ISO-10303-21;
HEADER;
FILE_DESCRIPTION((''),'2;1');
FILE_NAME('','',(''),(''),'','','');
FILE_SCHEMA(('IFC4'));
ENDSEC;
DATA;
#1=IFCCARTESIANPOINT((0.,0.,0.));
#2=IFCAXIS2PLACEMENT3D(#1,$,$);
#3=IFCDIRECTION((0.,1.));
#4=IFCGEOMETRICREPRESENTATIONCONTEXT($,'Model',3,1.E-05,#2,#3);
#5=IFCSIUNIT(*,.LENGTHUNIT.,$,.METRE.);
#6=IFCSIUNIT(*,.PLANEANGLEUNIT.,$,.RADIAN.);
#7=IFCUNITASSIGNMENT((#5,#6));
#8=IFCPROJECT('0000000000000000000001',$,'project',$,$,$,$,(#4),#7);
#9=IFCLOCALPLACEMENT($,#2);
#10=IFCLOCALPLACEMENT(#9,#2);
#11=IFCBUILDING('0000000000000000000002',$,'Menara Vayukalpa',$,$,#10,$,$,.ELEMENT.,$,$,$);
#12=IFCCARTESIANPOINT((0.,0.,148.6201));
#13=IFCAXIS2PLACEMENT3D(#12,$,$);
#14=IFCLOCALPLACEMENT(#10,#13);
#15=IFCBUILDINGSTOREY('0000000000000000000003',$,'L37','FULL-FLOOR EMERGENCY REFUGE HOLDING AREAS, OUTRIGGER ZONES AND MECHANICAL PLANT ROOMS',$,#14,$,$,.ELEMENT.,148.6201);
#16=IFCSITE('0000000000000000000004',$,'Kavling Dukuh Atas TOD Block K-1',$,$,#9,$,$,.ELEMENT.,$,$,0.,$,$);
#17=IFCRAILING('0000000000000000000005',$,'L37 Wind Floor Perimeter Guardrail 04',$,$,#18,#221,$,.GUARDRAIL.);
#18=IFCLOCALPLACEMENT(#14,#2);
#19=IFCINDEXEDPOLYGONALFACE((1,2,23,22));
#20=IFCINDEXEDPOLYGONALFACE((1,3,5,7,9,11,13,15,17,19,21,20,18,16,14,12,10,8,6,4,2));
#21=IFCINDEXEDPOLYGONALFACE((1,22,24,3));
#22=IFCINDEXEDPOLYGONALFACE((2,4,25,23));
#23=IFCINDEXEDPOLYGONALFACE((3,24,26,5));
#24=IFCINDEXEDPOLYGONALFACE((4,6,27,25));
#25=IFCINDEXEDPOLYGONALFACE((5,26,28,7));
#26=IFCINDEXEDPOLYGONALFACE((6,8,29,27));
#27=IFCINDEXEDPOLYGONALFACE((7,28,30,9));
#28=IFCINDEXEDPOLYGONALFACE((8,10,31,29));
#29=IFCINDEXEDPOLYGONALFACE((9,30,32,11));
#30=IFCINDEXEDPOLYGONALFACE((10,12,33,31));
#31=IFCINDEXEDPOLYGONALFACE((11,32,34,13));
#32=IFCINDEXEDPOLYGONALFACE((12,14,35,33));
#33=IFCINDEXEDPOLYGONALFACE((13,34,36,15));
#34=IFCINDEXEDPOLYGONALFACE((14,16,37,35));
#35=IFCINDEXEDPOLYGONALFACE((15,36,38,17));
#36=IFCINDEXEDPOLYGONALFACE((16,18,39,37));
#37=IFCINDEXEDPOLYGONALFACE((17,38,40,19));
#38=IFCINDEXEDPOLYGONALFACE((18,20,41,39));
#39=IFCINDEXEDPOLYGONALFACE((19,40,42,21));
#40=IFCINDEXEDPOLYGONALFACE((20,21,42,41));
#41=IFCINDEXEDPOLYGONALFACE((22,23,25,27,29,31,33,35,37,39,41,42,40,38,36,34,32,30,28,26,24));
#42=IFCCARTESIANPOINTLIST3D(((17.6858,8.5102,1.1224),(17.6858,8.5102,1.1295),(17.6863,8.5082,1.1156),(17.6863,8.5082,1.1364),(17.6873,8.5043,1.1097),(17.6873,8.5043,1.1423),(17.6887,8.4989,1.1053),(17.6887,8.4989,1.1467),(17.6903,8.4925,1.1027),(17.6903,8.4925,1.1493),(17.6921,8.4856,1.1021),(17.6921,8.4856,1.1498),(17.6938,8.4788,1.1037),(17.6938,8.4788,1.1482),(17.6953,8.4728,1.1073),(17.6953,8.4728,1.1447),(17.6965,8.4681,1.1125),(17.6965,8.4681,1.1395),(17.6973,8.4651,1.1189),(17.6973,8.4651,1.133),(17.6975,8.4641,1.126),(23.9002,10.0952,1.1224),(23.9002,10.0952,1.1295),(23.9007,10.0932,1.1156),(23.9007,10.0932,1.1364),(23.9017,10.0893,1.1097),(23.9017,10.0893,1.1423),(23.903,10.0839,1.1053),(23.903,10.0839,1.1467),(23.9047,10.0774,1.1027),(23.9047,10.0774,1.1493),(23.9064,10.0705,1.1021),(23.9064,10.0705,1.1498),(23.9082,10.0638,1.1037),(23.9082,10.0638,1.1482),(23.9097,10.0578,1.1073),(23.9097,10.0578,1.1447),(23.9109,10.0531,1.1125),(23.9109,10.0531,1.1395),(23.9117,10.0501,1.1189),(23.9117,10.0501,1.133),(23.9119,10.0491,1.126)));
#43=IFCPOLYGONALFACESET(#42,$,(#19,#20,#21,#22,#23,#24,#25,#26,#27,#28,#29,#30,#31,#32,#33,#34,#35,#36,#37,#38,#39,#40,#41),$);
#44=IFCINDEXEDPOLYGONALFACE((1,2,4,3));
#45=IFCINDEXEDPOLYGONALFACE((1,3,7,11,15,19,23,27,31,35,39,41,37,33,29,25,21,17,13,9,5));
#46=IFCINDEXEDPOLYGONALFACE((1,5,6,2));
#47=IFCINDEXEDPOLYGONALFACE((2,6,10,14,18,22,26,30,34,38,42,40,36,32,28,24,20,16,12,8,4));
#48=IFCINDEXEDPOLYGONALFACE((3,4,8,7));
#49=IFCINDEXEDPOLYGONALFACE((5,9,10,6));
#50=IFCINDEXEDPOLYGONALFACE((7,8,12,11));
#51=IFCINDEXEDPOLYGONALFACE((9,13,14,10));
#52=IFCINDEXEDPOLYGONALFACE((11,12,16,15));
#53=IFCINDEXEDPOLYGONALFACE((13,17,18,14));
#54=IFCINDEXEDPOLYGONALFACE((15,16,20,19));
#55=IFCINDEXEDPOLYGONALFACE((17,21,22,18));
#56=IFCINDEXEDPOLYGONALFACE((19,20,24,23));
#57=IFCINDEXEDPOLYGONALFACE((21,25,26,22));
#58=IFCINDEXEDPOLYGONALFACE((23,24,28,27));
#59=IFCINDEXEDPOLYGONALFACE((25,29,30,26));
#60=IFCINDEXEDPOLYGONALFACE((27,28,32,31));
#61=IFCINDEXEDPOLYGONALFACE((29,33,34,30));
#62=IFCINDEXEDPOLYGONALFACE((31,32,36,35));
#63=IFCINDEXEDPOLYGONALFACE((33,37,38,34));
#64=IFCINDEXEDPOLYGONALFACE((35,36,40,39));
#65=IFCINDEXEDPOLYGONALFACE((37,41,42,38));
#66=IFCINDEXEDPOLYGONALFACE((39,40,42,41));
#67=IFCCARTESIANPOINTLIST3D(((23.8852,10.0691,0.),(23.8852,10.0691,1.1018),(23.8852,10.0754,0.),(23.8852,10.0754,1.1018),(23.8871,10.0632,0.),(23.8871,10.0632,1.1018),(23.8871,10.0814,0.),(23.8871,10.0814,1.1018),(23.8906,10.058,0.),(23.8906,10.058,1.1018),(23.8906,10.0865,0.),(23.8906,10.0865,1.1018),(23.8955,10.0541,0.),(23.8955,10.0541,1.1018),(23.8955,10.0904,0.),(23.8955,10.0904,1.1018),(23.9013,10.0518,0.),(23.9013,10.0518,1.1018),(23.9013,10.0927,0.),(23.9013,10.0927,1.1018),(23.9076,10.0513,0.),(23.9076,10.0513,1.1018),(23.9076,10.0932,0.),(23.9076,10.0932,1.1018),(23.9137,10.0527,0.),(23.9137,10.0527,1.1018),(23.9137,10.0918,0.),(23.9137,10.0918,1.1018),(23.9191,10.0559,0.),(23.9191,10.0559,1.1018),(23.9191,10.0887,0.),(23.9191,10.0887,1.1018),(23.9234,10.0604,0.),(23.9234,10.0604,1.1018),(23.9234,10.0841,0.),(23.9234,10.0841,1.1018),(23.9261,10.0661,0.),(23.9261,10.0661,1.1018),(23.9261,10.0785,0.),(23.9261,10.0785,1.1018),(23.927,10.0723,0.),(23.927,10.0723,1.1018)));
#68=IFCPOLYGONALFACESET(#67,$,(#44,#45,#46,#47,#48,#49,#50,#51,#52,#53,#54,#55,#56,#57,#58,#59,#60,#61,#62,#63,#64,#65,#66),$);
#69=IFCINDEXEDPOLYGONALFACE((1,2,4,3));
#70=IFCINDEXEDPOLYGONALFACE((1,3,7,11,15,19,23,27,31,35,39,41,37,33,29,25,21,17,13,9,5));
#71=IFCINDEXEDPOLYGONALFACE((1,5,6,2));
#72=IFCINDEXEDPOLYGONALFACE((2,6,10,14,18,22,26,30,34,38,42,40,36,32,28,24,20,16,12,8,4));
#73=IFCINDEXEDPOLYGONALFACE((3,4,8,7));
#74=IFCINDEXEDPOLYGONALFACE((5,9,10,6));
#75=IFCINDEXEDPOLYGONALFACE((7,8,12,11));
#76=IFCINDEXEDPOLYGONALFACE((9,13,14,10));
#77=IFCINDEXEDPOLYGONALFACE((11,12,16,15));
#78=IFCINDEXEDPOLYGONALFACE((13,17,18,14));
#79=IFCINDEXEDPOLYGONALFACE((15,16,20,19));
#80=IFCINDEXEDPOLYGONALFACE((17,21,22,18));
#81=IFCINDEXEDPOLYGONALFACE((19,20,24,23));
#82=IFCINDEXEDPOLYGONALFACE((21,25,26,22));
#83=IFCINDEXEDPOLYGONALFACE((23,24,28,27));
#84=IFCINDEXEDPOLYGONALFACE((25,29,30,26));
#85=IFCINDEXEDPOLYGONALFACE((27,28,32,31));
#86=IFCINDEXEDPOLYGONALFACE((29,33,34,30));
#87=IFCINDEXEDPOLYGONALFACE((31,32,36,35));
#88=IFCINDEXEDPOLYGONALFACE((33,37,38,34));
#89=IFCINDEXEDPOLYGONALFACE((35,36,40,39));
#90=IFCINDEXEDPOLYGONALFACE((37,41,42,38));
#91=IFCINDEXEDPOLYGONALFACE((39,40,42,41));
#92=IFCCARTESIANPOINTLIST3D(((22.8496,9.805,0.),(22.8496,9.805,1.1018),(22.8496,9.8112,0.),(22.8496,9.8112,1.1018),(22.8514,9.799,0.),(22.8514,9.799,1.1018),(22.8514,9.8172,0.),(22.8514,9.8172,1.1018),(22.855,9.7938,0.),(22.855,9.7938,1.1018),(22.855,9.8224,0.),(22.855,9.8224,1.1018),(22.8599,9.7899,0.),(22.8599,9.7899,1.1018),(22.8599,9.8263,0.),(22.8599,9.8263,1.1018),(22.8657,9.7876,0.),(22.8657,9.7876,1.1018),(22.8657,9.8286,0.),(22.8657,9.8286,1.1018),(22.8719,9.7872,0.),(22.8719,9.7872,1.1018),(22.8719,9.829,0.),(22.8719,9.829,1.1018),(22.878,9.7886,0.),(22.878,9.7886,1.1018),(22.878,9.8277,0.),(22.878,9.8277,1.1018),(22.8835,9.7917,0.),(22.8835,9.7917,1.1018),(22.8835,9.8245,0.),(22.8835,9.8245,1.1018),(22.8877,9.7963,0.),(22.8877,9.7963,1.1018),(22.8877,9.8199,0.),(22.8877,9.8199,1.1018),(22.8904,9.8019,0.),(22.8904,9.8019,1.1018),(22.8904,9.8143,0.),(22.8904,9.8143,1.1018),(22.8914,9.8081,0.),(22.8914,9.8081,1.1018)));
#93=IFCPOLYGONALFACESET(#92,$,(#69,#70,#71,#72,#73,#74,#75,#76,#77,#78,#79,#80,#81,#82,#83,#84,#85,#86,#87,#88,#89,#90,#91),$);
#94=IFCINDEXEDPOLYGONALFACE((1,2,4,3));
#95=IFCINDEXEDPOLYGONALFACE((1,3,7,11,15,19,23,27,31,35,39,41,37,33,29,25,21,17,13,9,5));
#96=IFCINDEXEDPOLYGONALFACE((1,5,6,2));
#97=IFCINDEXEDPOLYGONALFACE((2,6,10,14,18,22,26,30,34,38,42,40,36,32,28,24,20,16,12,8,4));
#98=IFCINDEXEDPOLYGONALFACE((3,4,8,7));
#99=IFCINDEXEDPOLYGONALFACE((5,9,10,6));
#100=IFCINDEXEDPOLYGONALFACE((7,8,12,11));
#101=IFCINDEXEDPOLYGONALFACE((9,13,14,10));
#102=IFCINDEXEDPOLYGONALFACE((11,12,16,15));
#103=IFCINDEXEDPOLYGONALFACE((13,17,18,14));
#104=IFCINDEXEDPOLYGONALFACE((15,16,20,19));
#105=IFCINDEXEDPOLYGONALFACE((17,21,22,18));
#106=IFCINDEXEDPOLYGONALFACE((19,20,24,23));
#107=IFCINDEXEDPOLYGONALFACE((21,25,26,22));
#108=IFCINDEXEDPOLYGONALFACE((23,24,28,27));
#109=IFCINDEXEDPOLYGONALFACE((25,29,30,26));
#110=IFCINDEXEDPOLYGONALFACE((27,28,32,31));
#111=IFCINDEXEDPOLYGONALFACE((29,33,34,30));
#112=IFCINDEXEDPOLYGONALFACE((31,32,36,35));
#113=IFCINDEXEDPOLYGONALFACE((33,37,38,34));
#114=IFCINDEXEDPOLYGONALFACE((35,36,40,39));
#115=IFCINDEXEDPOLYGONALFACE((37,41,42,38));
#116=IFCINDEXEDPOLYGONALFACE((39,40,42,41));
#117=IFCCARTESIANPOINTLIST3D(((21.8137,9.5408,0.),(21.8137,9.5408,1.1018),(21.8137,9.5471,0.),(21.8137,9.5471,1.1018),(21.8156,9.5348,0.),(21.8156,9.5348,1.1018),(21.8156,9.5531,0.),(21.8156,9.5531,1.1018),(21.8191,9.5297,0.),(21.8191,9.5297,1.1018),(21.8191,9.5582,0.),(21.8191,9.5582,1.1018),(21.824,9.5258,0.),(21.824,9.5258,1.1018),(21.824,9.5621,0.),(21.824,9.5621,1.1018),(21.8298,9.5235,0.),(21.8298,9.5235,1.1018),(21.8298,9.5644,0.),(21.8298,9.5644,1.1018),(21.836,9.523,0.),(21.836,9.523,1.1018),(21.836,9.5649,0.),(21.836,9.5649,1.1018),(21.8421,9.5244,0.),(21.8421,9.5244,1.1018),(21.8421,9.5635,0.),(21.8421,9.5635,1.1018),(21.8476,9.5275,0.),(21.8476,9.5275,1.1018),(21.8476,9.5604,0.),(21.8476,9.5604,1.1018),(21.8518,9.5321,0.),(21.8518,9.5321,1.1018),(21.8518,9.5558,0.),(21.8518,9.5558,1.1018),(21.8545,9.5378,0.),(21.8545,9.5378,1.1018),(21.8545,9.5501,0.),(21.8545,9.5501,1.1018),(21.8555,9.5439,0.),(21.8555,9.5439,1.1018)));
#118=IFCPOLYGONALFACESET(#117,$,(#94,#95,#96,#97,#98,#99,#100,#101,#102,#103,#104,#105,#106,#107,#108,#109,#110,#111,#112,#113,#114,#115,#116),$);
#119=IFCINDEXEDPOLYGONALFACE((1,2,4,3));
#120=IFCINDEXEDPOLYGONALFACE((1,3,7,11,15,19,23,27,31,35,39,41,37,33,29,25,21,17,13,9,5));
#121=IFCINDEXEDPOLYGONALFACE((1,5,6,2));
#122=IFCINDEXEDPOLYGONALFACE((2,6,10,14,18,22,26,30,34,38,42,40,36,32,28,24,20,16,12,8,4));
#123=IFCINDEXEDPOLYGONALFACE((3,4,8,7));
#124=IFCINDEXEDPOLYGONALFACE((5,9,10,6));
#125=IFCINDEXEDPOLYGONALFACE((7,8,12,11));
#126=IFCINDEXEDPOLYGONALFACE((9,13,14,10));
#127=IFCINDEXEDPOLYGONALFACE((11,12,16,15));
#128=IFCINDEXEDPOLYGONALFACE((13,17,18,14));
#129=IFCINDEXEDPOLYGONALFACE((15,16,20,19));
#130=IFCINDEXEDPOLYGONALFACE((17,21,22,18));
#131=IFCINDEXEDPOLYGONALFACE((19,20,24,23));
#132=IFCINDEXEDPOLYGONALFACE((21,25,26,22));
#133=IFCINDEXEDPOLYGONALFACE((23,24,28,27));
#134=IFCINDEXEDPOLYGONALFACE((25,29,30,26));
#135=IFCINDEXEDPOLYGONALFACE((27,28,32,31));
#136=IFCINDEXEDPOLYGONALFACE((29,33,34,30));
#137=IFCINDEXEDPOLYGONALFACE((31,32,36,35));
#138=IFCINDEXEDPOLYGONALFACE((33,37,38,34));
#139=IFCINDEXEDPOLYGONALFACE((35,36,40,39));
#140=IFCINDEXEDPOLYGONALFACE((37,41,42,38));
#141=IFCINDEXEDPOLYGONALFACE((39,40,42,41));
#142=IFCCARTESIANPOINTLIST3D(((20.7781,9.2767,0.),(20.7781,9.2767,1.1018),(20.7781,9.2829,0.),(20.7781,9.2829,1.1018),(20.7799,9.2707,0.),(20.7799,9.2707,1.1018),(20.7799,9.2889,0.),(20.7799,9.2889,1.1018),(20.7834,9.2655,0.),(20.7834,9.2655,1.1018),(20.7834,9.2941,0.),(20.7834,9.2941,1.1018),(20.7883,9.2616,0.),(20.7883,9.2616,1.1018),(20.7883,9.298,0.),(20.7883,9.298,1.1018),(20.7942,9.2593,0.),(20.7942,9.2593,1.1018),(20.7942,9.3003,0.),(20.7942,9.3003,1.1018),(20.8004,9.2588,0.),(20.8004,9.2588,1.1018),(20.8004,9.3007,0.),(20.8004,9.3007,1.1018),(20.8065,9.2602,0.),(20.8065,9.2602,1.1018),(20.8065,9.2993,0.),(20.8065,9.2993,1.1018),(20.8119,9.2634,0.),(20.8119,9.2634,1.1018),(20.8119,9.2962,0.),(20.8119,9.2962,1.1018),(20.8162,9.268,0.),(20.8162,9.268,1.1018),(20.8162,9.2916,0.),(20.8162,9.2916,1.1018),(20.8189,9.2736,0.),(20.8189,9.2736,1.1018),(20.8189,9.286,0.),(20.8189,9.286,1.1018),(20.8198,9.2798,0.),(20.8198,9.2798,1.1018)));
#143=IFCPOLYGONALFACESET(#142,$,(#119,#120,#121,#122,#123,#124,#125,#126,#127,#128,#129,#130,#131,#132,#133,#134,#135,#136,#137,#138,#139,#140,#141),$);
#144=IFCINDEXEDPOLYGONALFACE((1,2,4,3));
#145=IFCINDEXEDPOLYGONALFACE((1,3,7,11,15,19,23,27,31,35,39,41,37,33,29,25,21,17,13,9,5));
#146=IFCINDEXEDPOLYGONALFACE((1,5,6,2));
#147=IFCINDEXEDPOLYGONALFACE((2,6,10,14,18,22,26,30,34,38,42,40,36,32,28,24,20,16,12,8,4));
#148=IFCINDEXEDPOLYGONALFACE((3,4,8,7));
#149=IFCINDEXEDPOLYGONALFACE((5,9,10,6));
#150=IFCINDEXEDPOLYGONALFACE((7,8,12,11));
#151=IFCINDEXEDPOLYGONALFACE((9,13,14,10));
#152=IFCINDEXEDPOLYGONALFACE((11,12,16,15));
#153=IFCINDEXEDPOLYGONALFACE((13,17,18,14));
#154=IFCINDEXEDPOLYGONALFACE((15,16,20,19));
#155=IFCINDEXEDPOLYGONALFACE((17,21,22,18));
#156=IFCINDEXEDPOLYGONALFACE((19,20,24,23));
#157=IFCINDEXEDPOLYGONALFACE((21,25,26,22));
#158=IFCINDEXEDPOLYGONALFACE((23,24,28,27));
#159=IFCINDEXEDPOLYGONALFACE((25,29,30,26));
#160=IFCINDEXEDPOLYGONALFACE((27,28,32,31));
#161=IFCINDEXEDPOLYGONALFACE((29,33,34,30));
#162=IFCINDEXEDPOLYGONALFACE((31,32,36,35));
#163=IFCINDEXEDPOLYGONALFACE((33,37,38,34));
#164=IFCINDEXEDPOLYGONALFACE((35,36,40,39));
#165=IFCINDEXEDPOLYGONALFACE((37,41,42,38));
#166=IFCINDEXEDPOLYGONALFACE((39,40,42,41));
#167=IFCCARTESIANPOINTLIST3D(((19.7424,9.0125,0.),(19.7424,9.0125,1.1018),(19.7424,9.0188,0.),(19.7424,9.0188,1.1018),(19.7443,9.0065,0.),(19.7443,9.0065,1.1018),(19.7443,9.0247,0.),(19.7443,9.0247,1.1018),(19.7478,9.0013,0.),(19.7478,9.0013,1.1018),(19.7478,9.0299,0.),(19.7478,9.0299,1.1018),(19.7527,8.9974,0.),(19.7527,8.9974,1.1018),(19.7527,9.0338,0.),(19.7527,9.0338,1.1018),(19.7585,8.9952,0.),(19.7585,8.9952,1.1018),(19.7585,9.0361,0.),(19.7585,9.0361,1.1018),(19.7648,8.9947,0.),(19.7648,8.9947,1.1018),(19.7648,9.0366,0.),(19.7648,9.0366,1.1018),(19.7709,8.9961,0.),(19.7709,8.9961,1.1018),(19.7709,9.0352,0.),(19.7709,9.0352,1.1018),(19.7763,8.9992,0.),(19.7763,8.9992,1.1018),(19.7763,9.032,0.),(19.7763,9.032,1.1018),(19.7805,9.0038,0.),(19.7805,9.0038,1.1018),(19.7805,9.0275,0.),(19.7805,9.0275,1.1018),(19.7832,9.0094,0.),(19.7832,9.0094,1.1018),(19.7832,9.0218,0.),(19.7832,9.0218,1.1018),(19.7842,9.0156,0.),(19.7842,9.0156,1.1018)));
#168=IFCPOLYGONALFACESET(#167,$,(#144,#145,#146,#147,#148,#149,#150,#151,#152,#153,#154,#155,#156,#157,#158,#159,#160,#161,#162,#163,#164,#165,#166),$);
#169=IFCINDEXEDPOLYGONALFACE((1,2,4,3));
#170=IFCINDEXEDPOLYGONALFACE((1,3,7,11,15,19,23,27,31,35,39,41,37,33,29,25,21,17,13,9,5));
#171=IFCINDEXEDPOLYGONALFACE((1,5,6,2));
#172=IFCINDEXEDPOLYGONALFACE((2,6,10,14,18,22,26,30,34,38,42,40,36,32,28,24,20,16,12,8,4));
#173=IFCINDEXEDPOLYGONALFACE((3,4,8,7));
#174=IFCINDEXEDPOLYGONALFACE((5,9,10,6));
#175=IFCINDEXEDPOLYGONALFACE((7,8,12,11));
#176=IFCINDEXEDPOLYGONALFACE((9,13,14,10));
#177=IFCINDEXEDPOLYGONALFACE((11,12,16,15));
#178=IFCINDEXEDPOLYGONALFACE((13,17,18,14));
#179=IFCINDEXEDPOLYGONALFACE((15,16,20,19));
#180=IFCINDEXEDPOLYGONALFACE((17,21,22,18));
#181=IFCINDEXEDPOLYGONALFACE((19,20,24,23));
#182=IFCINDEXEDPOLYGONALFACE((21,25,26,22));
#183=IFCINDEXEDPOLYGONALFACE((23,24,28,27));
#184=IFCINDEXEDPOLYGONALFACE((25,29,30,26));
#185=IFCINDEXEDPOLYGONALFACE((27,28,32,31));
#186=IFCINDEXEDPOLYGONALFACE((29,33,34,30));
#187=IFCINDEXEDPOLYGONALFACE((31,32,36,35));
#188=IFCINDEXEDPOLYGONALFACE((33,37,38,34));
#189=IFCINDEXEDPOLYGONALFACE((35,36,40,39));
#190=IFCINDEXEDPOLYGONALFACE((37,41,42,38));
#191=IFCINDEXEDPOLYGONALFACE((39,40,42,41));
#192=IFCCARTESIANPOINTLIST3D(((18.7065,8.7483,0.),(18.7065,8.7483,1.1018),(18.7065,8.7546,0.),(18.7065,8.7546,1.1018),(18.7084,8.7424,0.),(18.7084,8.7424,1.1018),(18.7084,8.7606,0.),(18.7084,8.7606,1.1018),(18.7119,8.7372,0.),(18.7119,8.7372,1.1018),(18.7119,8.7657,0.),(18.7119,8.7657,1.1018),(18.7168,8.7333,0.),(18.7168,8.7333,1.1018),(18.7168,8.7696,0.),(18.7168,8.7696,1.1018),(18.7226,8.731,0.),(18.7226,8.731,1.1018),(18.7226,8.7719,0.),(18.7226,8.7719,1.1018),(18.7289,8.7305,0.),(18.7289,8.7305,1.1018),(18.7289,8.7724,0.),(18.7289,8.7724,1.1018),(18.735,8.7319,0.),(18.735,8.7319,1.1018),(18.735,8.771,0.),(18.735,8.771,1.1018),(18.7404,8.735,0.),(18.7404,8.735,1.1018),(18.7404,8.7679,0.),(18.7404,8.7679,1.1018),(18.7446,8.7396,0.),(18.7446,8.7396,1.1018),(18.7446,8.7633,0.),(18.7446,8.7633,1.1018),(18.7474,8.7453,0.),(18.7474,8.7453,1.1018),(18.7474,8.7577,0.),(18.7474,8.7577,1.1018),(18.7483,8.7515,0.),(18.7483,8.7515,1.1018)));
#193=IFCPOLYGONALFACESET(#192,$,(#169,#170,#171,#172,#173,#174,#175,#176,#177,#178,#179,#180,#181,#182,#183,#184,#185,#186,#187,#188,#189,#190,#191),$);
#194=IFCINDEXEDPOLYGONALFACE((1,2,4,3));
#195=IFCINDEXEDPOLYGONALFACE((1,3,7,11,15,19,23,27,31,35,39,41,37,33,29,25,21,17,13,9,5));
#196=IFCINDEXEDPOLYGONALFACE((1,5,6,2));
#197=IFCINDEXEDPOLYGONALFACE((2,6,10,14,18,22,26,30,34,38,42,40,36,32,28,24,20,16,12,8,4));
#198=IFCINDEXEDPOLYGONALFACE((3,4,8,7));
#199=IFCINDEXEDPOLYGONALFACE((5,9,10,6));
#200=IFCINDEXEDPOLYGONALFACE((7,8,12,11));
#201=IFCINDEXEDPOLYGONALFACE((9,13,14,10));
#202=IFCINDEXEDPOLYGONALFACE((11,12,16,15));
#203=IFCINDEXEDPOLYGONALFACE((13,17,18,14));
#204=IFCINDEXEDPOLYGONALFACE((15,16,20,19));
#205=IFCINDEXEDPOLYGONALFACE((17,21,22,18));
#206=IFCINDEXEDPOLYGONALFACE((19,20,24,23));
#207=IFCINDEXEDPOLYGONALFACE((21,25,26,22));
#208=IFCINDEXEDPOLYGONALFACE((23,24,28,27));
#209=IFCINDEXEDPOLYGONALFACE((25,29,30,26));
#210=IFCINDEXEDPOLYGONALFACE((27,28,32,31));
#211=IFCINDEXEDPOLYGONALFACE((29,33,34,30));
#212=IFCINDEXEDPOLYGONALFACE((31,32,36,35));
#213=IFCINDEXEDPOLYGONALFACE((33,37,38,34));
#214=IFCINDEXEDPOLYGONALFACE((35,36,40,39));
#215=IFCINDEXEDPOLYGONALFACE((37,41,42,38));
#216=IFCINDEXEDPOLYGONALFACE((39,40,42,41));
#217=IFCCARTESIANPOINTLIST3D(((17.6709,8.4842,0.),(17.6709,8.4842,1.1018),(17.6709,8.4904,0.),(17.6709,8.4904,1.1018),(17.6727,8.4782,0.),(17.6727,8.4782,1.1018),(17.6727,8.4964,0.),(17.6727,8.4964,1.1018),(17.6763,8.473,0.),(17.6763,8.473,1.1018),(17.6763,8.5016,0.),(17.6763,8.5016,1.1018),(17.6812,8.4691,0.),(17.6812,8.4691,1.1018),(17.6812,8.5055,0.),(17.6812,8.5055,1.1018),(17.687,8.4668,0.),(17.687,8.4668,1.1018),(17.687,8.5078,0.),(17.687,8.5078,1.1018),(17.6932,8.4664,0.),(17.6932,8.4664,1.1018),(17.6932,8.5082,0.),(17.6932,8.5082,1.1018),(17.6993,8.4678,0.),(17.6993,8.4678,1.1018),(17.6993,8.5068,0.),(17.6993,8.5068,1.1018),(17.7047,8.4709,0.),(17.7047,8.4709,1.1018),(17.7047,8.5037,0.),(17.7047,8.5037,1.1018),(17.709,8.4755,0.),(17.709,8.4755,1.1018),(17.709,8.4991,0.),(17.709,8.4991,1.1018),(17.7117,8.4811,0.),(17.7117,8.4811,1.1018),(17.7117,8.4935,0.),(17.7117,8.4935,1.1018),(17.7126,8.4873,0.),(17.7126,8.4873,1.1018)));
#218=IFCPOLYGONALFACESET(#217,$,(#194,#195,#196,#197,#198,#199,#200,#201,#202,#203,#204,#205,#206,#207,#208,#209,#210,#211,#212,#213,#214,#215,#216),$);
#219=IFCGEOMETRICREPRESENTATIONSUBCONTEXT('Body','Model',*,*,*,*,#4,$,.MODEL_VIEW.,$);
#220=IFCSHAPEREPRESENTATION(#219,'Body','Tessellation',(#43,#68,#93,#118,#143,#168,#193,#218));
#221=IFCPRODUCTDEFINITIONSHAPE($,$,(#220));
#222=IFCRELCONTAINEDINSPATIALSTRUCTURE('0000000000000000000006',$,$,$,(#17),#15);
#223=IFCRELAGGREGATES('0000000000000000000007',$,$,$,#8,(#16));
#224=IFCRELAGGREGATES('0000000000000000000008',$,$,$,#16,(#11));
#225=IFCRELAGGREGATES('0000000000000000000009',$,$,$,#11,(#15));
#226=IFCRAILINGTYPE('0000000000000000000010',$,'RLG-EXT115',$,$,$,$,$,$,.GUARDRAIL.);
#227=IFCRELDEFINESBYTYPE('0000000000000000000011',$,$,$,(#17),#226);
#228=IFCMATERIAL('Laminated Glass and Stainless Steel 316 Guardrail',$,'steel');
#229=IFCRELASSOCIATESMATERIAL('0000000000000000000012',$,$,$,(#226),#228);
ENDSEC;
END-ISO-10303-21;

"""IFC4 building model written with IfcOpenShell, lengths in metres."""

from ifc_helpers import new_model, si_unit, direction, frame, origin, origin_2d, place, context, subcontext, project, spatial, circle, extrude, material, type_object, element, save


model = new_model("IFC4")

# Units and contexts
model_context = context("Model", 3, precision=1e-05, world=origin(), true_north=direction((0.0, 1.0)))
body_context = subcontext(model_context, "Body", "Model", "MODEL_VIEW")
ifc_project = project(units=[si_unit("LENGTHUNIT", "METRE"), si_unit("PLANEANGLEUNIT", "RADIAN")], contexts=[model_context])

# Site, building, storey
site_placement = place(None, origin())
site = spatial("IfcSite", under=ifc_project, at=site_placement, Name="Kavling Dukuh Atas TOD Block K-1", CompositionType="ELEMENT", RefElevation=0.0)
building_placement = place(site_placement, origin())
building = spatial("IfcBuilding", under=site, at=building_placement, Name="Menara Vayukalpa", CompositionType="ELEMENT")
storey_placement = place(building_placement, frame((0.0, 0.0, 148.6201)))
storey = spatial("IfcBuildingStorey", under=building, at=storey_placement, Name="L37", Description="FULL-FLOOR EMERGENCY REFUGE HOLDING AREAS, OUTRIGGER ZONES AND MECHANICAL PLANT ROOMS", CompositionType="ELEMENT", Elevation=148.6201)

# Railing
ifc_material_1 = material(Name="Laminated Glass and Stainless Steel 316 Guardrail", Category="steel")
railing_type = type_object("IfcRailingType", Name="RLG-EXT115", PredefinedType="GUARDRAIL", material=ifc_material_1)
railing_placement = place(storey_placement, frame((23.906, 10.0723, 0.0)))
element("IfcRailing", 1, at=railing_placement, inside=storey, type_object=railing_type, Name="L37 Wind Floor Perimeter Guardrail 04", PredefinedType="GUARDRAIL", context=body_context, shape_type="SweptSolid", body=[
    extrude(circle(Radius=0.0239, at=origin_2d()), frame((0.0, 0.0, 1.126), z_axis=(-0.968981, -0.247137, 0.0), x_axis=(0.247137, -0.968981, 0.0)), (0.0, 0.0, 1.0), 6.4133),
    extrude(circle(Radius=0.021, at=origin_2d()), origin(), (0.0, 0.0, 1.0), 1.1018),
    extrude(circle(Radius=0.021, at=origin_2d()), frame((-1.0356, -0.2642, 0.0)), (0.0, 0.0, 1.0), 1.1018),
    extrude(circle(Radius=0.021, at=origin_2d()), frame((-2.0715, -0.5283, 0.0)), (0.0, 0.0, 1.0), 1.1018),
    extrude(circle(Radius=0.021, at=origin_2d()), frame((-3.1072, -0.7925, 0.0)), (0.0, 0.0, 1.0), 1.1018),
    extrude(circle(Radius=0.021, at=origin_2d()), frame((-4.1428, -1.0566, 0.0)), (0.0, 0.0, 1.0), 1.1018),
    extrude(circle(Radius=0.021, at=origin_2d()), frame((-5.1787, -1.3208, 0.0)), (0.0, 0.0, 1.0), 1.1018),
    extrude(circle(Radius=0.021, at=origin_2d()), frame((-6.2144, -1.585, 0.0)), (0.0, 0.0, 1.0), 1.1018),
])

save(model, "model.ifc")
